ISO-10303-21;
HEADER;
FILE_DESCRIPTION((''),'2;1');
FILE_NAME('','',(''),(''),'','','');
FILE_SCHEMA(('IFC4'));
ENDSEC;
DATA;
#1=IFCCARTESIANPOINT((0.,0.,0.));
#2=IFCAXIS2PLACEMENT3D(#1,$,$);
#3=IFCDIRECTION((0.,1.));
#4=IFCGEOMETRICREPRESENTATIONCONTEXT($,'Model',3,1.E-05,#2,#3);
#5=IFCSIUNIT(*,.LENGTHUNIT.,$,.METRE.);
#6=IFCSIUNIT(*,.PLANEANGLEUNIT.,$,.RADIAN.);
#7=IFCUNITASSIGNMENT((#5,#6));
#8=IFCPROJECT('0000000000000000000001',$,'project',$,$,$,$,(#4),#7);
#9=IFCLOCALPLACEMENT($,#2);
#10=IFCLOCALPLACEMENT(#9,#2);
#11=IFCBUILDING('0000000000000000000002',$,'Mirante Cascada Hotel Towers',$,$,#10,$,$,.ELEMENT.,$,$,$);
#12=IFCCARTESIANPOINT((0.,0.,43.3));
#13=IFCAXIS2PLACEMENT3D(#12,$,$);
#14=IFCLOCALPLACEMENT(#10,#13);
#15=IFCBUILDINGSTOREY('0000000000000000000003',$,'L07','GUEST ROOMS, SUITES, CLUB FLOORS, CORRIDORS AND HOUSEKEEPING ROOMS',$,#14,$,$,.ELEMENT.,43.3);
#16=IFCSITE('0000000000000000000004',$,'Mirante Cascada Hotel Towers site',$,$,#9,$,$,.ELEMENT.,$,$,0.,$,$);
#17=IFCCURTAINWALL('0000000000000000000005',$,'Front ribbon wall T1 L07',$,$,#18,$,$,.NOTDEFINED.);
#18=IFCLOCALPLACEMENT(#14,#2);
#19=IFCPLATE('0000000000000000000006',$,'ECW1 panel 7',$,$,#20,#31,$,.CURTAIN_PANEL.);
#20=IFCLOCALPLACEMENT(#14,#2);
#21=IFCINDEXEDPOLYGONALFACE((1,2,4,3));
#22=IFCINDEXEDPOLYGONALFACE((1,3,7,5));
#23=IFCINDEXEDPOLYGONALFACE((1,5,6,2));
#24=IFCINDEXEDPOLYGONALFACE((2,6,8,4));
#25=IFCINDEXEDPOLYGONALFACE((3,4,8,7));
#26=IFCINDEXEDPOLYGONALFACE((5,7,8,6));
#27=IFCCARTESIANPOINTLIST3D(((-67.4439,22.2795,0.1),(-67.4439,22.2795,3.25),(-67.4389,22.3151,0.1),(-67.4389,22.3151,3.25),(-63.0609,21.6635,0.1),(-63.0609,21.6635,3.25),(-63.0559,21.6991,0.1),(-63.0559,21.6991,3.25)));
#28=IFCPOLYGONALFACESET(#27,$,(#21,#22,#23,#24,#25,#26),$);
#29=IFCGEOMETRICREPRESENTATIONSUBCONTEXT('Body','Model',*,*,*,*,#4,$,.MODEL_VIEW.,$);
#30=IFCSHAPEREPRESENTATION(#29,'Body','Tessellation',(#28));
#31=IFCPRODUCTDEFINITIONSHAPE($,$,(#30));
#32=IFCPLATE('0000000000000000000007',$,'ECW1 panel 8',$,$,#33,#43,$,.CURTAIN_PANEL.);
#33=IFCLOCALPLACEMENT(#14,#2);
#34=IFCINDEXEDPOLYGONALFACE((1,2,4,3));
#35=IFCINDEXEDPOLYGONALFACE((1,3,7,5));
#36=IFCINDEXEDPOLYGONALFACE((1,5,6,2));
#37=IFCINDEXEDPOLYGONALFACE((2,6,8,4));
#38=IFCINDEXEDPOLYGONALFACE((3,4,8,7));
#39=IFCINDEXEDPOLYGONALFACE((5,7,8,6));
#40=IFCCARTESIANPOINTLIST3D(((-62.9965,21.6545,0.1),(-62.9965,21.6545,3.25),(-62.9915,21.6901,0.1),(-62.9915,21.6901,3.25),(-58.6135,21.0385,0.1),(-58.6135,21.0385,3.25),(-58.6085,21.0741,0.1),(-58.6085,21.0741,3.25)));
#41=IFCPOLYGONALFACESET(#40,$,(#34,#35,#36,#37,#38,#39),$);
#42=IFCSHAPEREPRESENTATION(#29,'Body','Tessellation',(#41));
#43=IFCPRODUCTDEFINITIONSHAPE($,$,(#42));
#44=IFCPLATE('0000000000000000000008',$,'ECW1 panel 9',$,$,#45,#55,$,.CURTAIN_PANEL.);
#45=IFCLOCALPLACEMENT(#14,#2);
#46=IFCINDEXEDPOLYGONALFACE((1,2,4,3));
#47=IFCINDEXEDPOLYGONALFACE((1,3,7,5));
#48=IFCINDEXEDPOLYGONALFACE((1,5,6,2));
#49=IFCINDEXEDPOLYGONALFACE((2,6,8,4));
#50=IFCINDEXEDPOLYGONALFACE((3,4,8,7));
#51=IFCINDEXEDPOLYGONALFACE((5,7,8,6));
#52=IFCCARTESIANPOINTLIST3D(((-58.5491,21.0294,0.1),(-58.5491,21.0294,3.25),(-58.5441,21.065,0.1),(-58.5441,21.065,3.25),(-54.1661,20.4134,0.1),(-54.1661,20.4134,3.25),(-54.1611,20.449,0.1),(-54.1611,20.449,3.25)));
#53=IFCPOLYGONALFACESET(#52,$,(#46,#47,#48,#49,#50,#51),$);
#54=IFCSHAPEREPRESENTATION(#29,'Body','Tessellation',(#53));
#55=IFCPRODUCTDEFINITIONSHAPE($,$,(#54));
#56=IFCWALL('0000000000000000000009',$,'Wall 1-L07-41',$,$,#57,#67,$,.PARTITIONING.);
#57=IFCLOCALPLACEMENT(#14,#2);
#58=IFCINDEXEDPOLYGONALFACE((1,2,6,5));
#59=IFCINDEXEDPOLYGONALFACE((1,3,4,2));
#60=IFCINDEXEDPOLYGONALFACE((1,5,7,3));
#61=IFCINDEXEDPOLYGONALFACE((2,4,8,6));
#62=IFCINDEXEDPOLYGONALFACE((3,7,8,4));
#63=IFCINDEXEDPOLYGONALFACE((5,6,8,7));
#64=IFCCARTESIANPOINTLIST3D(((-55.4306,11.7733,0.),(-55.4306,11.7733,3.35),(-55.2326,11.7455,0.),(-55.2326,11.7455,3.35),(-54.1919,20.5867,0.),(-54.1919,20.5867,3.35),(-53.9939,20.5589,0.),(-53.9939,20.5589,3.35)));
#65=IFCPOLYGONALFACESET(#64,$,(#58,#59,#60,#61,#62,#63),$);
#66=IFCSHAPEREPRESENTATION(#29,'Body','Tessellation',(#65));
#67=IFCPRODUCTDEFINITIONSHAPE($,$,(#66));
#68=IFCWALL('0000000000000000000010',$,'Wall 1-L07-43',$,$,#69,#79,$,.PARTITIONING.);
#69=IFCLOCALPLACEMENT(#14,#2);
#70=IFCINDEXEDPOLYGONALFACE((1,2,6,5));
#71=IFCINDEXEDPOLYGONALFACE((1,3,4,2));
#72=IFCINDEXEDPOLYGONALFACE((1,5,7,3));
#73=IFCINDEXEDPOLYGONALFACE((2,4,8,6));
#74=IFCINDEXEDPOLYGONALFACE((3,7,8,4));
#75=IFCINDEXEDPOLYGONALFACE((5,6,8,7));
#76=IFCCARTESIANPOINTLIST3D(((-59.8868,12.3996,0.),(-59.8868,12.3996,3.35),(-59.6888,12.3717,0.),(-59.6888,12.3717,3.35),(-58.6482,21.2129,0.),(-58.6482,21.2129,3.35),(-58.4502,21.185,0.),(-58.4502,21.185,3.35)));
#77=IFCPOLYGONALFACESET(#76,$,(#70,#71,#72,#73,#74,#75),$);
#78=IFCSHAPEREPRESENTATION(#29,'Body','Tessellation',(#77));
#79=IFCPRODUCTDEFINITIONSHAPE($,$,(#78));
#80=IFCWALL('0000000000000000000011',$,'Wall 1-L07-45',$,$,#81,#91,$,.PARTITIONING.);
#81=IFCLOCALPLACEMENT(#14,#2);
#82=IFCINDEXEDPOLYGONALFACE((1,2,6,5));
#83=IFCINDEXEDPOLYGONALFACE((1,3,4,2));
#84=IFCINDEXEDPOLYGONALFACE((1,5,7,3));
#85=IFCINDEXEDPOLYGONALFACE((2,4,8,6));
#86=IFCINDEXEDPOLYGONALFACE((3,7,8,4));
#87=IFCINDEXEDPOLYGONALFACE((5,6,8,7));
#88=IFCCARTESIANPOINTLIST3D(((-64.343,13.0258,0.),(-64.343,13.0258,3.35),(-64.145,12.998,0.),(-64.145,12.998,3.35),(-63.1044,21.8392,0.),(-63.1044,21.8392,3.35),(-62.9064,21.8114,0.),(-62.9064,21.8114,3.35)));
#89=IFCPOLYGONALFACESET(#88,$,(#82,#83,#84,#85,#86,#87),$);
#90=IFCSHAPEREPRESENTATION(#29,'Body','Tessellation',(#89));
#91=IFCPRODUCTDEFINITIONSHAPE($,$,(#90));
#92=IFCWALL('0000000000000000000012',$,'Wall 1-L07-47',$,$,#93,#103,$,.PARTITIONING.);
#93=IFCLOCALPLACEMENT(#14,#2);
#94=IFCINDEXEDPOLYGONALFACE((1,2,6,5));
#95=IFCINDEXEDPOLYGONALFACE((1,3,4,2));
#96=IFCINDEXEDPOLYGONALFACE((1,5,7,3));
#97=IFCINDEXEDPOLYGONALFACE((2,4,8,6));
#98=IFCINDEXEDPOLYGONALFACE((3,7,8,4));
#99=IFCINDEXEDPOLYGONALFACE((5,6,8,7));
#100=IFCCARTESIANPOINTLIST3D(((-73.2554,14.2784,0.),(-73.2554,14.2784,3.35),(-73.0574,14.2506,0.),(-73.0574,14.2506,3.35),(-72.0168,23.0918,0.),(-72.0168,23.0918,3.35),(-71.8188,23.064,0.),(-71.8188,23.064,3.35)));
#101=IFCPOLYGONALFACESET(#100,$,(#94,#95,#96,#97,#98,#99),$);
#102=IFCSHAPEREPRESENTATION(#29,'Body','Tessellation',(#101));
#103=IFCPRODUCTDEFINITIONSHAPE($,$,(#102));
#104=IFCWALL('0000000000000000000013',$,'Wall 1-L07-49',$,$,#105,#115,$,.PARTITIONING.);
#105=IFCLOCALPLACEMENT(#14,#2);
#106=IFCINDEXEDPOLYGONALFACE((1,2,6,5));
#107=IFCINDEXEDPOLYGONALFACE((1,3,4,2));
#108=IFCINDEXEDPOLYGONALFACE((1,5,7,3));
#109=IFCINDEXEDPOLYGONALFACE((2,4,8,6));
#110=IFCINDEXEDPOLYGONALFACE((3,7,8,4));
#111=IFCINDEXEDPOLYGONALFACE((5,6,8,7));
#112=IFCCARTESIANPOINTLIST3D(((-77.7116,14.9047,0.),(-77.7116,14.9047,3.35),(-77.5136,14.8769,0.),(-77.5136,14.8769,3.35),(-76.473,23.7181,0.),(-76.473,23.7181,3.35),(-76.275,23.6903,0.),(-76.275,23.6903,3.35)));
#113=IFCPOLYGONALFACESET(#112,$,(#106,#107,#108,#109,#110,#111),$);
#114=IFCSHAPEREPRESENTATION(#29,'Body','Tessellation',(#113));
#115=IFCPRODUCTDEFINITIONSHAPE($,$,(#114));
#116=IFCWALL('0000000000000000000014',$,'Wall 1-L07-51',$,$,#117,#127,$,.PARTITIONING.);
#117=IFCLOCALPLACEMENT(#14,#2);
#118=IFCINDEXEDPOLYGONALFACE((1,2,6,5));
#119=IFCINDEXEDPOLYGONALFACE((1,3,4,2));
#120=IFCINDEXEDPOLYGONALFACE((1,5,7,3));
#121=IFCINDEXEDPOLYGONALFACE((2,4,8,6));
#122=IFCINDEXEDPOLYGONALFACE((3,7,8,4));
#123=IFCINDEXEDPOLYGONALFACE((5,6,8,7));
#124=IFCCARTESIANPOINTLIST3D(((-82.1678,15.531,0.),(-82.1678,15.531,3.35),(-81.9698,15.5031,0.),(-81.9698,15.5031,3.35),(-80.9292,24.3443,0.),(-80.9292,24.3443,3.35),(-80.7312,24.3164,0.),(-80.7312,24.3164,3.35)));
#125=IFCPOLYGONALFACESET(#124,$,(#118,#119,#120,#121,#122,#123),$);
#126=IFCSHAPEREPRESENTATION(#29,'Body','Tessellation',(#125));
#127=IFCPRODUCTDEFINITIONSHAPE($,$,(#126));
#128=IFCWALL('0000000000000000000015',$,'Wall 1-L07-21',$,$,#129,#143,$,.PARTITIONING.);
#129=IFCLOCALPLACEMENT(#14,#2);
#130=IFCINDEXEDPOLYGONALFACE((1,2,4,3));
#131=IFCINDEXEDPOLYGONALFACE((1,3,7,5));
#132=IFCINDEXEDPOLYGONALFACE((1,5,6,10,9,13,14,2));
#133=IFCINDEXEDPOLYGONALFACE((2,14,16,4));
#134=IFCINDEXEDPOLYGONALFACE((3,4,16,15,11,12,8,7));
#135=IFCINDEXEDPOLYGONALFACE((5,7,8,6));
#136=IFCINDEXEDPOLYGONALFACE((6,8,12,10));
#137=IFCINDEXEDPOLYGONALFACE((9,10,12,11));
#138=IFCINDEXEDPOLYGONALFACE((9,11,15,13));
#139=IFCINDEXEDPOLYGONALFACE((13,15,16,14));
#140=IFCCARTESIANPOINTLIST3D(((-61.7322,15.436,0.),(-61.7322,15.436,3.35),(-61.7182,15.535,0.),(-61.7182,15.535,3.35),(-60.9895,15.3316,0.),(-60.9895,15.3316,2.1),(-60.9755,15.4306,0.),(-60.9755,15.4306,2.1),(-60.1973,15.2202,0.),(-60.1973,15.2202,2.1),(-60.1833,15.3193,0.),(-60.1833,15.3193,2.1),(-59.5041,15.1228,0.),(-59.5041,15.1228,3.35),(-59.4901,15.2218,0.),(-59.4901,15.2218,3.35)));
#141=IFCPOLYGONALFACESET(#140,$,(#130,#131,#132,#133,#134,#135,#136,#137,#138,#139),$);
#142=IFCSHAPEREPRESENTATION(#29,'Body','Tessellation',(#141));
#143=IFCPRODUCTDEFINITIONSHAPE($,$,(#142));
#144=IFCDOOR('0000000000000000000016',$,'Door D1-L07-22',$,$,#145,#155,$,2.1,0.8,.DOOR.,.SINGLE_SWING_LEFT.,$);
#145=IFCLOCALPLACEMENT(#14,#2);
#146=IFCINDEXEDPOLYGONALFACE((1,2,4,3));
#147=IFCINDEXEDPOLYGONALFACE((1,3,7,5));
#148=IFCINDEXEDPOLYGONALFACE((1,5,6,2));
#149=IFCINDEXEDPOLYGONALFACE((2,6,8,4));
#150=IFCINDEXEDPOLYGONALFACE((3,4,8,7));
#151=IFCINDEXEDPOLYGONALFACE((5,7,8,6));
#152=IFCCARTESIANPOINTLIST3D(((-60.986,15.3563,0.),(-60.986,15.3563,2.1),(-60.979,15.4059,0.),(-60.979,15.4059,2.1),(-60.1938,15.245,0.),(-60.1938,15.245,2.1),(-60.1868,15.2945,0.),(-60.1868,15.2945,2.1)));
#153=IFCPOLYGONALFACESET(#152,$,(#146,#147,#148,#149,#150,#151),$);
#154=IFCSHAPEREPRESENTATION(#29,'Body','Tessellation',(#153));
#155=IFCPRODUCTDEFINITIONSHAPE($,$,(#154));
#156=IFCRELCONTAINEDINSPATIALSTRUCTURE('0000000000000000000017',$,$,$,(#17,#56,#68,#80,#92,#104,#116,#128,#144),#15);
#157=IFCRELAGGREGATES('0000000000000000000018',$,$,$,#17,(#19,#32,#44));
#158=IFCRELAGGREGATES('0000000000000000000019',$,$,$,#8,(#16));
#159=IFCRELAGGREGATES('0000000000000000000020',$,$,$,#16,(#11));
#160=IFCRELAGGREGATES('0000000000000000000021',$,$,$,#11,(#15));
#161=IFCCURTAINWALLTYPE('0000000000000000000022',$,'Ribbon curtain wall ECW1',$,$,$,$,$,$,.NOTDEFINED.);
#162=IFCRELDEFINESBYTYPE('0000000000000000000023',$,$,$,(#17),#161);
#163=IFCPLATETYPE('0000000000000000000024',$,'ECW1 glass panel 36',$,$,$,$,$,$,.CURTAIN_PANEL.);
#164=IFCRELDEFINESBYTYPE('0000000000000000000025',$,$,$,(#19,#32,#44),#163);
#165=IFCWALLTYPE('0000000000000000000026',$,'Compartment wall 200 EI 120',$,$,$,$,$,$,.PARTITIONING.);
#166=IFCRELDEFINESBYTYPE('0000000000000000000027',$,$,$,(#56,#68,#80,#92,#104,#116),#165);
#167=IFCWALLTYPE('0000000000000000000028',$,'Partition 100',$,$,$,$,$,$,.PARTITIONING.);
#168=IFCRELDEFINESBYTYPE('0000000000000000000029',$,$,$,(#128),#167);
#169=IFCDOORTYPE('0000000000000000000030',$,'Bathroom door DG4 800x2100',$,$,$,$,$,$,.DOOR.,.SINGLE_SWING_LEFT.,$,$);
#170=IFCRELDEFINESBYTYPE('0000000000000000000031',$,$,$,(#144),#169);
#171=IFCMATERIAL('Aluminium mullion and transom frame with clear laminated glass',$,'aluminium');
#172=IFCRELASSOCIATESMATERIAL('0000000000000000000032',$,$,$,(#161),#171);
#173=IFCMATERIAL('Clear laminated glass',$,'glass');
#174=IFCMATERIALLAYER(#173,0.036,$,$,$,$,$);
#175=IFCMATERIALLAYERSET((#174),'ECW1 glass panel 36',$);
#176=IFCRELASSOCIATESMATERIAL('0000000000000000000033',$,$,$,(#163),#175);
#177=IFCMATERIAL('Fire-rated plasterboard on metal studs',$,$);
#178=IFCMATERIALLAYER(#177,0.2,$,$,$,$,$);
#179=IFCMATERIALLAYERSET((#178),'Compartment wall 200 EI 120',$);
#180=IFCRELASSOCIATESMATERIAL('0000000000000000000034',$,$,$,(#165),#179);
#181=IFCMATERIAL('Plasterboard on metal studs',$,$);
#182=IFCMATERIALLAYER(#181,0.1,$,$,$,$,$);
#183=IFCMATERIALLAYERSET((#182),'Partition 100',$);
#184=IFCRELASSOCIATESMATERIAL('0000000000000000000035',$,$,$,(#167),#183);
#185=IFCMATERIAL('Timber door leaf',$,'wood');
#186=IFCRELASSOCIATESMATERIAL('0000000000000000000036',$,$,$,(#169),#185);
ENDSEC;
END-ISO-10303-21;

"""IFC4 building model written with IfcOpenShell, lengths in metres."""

from ifc_helpers import new_model, si_unit, direction, frame, frame_2d, origin, origin_2d, place, context, subcontext, project, spatial, rectangle, extrude, material, layer, layer_set, type_object, element, fill, aggregate, save


model = new_model("IFC4")

# Units and contexts
model_context = context("Model", 3, precision=1e-05, world=origin(), true_north=direction((0.0, 1.0)))
body_context = subcontext(model_context, "Body", "Model", "MODEL_VIEW")
ifc_project = project(units=[si_unit("LENGTHUNIT", "METRE"), si_unit("PLANEANGLEUNIT", "RADIAN")], contexts=[model_context])

# Site, building, storey
site_placement = place(None, origin())
site = spatial("IfcSite", under=ifc_project, at=site_placement, Name="Mirante Cascada Hotel Towers site", CompositionType="ELEMENT", RefElevation=0.0)
building_placement = place(site_placement, origin())
building = spatial("IfcBuilding", under=site, at=building_placement, Name="Mirante Cascada Hotel Towers", CompositionType="ELEMENT")
storey_placement = place(building_placement, frame((0.0, 0.0, 43.3)))
storey = spatial("IfcBuildingStorey", under=building, at=storey_placement, Name="L07", Description="GUEST ROOMS, SUITES, CLUB FLOORS, CORRIDORS AND HOUSEKEEPING ROOMS", CompositionType="ELEMENT", Elevation=43.3)

# Curtain wall, plates
ifc_material_1 = material(Name="Aluminium mullion and transom frame with clear laminated glass", Category="aluminium")
curtain_wall_type = type_object("IfcCurtainWallType", Name="Ribbon curtain wall ECW1", PredefinedType="NOTDEFINED", material=ifc_material_1)
curtain_wall_placement = place(storey_placement, origin())
curtain_wall = element("IfcCurtainWall", 1, at=curtain_wall_placement, inside=storey, type_object=curtain_wall_type, Name="Front ribbon wall T1 L07", PredefinedType="NOTDEFINED")
ifc_material_2 = material(Name="Clear laminated glass", Category="glass")
ifc_layer_1 = layer(ifc_material_2, 0.036)
ifc_layer_set_1 = layer_set([ifc_layer_1], Name="ECW1 glass panel 36")
plate_type = type_object("IfcPlateType", Name="ECW1 glass panel 36", PredefinedType="CURTAIN_PANEL", material=ifc_layer_set_1)
plate_1_placement = place(storey_placement, frame((-65.2499, 21.9893, 0.1), z_axis=(0.0, 0.0, 1.0), x_axis=(0.990268, -0.139173, 0.0)))
plate_1 = element("IfcPlate", 2, at=plate_1_placement, type_object=plate_type, Name="ECW1 panel 7", PredefinedType="CURTAIN_PANEL", context=body_context, shape_type="SweptSolid", body=[
    extrude(rectangle(XDim=4.4261, YDim=0.036, at=origin_2d()), origin(), (0.0, 0.0, 1.0), 3.15),
])
plate_2_placement = place(storey_placement, frame((-60.8025, 21.3643, 0.1), z_axis=(0.0, 0.0, 1.0), x_axis=(0.990268, -0.139173, 0.0)))
plate_2 = element("IfcPlate", 3, at=plate_2_placement, type_object=plate_type, Name="ECW1 panel 8", PredefinedType="CURTAIN_PANEL", context=body_context, shape_type="SweptSolid", body=[
    extrude(rectangle(XDim=4.4261, YDim=0.036, at=origin_2d()), origin(), (0.0, 0.0, 1.0), 3.15),
])
plate_3_placement = place(storey_placement, frame((-56.3551, 20.7392, 0.1), z_axis=(0.0, 0.0, 1.0), x_axis=(0.990268, -0.139173, 0.0)))
plate_3 = element("IfcPlate", 4, at=plate_3_placement, type_object=plate_type, Name="ECW1 panel 9", PredefinedType="CURTAIN_PANEL", context=body_context, shape_type="SweptSolid", body=[
    extrude(rectangle(XDim=4.4261, YDim=0.036, at=origin_2d()), origin(), (0.0, 0.0, 1.0), 3.15),
])
aggregate(curtain_wall, [plate_1, plate_2, plate_3])

# Walls
ifc_material_3 = material(Name="Fire-rated plasterboard on metal studs")
ifc_layer_2 = layer(ifc_material_3, 0.2)
ifc_layer_set_2 = layer_set([ifc_layer_2], Name="Compartment wall 200 EI 120")
wall_type_1 = type_object("IfcWallType", Name="Compartment wall 200 EI 120", PredefinedType="PARTITIONING", material=ifc_layer_set_2)
wall_1_placement = place(storey_placement, frame((-54.0929, 20.5728, 0.0), z_axis=(0.0, 0.0, 1.0), x_axis=(-0.139179, -0.990267, 0.0)))
element("IfcWall", 5, at=wall_1_placement, inside=storey, type_object=wall_type_1, Name="Wall 1-L07-41", PredefinedType="PARTITIONING", context=body_context, shape_type="SweptSolid", body=[
    extrude(rectangle(XDim=8.9, YDim=0.2, at=frame_2d((4.45, 0.0))), origin(), (0.0, 0.0, 1.0), 3.35),
])
wall_2_placement = place(storey_placement, frame((-58.5492, 21.199, 0.0), z_axis=(0.0, 0.0, 1.0), x_axis=(-0.13917, -0.990268, 0.0)))
element("IfcWall", 6, at=wall_2_placement, inside=storey, type_object=wall_type_1, Name="Wall 1-L07-43", PredefinedType="PARTITIONING", context=body_context, shape_type="SweptSolid", body=[
    extrude(rectangle(XDim=8.8999, YDim=0.2, at=frame_2d((4.45, 0.0))), origin(), (0.0, 0.0, 1.0), 3.35),
])
for number, where, z_axis, x_axis, name in (
    (7, (-63.0054, 21.8253, 0.0), (0.0, 0.0, 1.0), (-0.139168, -0.990269, 0.0), "Wall 1-L07-45"),
    (8, (-71.9178, 23.0779, 0.0), (0.0, 0.0, 1.0), (-0.139168, -0.990269, 0.0), "Wall 1-L07-47"),
    (9, (-76.374, 23.7042, 0.0), (0.0, 0.0, 1.0), (-0.139168, -0.990269, 0.0), "Wall 1-L07-49"),
):
    element("IfcWall", number, at=place(storey_placement, frame(where, z_axis=z_axis, x_axis=x_axis)), inside=storey, type_object=wall_type_1, Name=name, PredefinedType="PARTITIONING", context=body_context, shape_type="SweptSolid", body=[
        extrude(rectangle(XDim=8.9, YDim=0.2, at=frame_2d((4.45, 0.0))), origin(), (0.0, 0.0, 1.0), 3.35),
    ])
wall_3_placement = place(storey_placement, frame((-80.8302, 24.3304, 0.0), z_axis=(0.0, 0.0, 1.0), x_axis=(-0.13917, -0.990268, 0.0)))
element("IfcWall", 10, at=wall_3_placement, inside=storey, type_object=wall_type_1, Name="Wall 1-L07-51", PredefinedType="PARTITIONING", context=body_context, shape_type="SweptSolid", body=[
    extrude(rectangle(XDim=8.8999, YDim=0.2, at=frame_2d((4.45, 0.0))), origin(), (0.0, 0.0, 1.0), 3.35),
])

# Wall, opening, door
ifc_material_4 = material(Name="Plasterboard on metal studs")
ifc_layer_3 = layer(ifc_material_4, 0.1)
ifc_layer_set_3 = layer_set([ifc_layer_3], Name="Partition 100")
wall_type_2 = type_object("IfcWallType", Name="Partition 100", PredefinedType="PARTITIONING", material=ifc_layer_set_3)
wall_4_placement = place(storey_placement, frame((-61.7252, 15.4855, 0.0), z_axis=(0.0, 0.0, 1.0), x_axis=(0.990264, -0.1392, 0.0)))
wall_4 = element("IfcWall", 11, at=wall_4_placement, inside=storey, type_object=wall_type_2, Name="Wall 1-L07-21", PredefinedType="PARTITIONING", context=body_context, shape_type="SweptSolid", body=[
    extrude(rectangle(XDim=2.25, YDim=0.1, at=frame_2d((1.125, 0.0))), origin(), (0.0, 0.0, 1.0), 3.35),
])
opening_1_placement = place(wall_4_placement, frame((0.75, 0.0, 0.0)))
opening_1 = element("IfcOpeningElement", 12, at=opening_1_placement, cuts=wall_4, PredefinedType="OPENING", context=body_context, shape_type="SweptSolid", body=[
    extrude(rectangle(XDim=0.8, YDim=2.1, at=frame_2d((0.4, 1.05))), frame((0.0, 0.05, 0.0), z_axis=(0.0, -1.0, 0.0), x_axis=(1.0, 0.0, 0.0)), (0.0, 0.0, 1.0), 0.1),
])
ifc_material_5 = material(Name="Timber door leaf", Category="wood")
door_type = type_object("IfcDoorType", Name="Bathroom door DG4 800x2100", OperationType="SINGLE_SWING_LEFT", PredefinedType="DOOR", material=ifc_material_5)
door_1_placement = place(opening_1_placement, origin())
door_1 = element("IfcDoor", 13, at=door_1_placement, inside=storey, type_object=door_type, Name="Door D1-L07-22", OperationType="SINGLE_SWING_LEFT", OverallHeight=2.1, OverallWidth=0.8, PredefinedType="DOOR", context=body_context, shape_type="SweptSolid", body=[
    extrude(rectangle(XDim=0.8, YDim=2.1, at=frame_2d((0.4, 1.05))), frame((0.0, 0.025, 0.0), z_axis=(0.0, -1.0, 0.0), x_axis=(1.0, 0.0, 0.0)), (0.0, 0.0, 1.0), 0.05),
])
fill(opening_1, door_1)

save(model, "model.ifc")
